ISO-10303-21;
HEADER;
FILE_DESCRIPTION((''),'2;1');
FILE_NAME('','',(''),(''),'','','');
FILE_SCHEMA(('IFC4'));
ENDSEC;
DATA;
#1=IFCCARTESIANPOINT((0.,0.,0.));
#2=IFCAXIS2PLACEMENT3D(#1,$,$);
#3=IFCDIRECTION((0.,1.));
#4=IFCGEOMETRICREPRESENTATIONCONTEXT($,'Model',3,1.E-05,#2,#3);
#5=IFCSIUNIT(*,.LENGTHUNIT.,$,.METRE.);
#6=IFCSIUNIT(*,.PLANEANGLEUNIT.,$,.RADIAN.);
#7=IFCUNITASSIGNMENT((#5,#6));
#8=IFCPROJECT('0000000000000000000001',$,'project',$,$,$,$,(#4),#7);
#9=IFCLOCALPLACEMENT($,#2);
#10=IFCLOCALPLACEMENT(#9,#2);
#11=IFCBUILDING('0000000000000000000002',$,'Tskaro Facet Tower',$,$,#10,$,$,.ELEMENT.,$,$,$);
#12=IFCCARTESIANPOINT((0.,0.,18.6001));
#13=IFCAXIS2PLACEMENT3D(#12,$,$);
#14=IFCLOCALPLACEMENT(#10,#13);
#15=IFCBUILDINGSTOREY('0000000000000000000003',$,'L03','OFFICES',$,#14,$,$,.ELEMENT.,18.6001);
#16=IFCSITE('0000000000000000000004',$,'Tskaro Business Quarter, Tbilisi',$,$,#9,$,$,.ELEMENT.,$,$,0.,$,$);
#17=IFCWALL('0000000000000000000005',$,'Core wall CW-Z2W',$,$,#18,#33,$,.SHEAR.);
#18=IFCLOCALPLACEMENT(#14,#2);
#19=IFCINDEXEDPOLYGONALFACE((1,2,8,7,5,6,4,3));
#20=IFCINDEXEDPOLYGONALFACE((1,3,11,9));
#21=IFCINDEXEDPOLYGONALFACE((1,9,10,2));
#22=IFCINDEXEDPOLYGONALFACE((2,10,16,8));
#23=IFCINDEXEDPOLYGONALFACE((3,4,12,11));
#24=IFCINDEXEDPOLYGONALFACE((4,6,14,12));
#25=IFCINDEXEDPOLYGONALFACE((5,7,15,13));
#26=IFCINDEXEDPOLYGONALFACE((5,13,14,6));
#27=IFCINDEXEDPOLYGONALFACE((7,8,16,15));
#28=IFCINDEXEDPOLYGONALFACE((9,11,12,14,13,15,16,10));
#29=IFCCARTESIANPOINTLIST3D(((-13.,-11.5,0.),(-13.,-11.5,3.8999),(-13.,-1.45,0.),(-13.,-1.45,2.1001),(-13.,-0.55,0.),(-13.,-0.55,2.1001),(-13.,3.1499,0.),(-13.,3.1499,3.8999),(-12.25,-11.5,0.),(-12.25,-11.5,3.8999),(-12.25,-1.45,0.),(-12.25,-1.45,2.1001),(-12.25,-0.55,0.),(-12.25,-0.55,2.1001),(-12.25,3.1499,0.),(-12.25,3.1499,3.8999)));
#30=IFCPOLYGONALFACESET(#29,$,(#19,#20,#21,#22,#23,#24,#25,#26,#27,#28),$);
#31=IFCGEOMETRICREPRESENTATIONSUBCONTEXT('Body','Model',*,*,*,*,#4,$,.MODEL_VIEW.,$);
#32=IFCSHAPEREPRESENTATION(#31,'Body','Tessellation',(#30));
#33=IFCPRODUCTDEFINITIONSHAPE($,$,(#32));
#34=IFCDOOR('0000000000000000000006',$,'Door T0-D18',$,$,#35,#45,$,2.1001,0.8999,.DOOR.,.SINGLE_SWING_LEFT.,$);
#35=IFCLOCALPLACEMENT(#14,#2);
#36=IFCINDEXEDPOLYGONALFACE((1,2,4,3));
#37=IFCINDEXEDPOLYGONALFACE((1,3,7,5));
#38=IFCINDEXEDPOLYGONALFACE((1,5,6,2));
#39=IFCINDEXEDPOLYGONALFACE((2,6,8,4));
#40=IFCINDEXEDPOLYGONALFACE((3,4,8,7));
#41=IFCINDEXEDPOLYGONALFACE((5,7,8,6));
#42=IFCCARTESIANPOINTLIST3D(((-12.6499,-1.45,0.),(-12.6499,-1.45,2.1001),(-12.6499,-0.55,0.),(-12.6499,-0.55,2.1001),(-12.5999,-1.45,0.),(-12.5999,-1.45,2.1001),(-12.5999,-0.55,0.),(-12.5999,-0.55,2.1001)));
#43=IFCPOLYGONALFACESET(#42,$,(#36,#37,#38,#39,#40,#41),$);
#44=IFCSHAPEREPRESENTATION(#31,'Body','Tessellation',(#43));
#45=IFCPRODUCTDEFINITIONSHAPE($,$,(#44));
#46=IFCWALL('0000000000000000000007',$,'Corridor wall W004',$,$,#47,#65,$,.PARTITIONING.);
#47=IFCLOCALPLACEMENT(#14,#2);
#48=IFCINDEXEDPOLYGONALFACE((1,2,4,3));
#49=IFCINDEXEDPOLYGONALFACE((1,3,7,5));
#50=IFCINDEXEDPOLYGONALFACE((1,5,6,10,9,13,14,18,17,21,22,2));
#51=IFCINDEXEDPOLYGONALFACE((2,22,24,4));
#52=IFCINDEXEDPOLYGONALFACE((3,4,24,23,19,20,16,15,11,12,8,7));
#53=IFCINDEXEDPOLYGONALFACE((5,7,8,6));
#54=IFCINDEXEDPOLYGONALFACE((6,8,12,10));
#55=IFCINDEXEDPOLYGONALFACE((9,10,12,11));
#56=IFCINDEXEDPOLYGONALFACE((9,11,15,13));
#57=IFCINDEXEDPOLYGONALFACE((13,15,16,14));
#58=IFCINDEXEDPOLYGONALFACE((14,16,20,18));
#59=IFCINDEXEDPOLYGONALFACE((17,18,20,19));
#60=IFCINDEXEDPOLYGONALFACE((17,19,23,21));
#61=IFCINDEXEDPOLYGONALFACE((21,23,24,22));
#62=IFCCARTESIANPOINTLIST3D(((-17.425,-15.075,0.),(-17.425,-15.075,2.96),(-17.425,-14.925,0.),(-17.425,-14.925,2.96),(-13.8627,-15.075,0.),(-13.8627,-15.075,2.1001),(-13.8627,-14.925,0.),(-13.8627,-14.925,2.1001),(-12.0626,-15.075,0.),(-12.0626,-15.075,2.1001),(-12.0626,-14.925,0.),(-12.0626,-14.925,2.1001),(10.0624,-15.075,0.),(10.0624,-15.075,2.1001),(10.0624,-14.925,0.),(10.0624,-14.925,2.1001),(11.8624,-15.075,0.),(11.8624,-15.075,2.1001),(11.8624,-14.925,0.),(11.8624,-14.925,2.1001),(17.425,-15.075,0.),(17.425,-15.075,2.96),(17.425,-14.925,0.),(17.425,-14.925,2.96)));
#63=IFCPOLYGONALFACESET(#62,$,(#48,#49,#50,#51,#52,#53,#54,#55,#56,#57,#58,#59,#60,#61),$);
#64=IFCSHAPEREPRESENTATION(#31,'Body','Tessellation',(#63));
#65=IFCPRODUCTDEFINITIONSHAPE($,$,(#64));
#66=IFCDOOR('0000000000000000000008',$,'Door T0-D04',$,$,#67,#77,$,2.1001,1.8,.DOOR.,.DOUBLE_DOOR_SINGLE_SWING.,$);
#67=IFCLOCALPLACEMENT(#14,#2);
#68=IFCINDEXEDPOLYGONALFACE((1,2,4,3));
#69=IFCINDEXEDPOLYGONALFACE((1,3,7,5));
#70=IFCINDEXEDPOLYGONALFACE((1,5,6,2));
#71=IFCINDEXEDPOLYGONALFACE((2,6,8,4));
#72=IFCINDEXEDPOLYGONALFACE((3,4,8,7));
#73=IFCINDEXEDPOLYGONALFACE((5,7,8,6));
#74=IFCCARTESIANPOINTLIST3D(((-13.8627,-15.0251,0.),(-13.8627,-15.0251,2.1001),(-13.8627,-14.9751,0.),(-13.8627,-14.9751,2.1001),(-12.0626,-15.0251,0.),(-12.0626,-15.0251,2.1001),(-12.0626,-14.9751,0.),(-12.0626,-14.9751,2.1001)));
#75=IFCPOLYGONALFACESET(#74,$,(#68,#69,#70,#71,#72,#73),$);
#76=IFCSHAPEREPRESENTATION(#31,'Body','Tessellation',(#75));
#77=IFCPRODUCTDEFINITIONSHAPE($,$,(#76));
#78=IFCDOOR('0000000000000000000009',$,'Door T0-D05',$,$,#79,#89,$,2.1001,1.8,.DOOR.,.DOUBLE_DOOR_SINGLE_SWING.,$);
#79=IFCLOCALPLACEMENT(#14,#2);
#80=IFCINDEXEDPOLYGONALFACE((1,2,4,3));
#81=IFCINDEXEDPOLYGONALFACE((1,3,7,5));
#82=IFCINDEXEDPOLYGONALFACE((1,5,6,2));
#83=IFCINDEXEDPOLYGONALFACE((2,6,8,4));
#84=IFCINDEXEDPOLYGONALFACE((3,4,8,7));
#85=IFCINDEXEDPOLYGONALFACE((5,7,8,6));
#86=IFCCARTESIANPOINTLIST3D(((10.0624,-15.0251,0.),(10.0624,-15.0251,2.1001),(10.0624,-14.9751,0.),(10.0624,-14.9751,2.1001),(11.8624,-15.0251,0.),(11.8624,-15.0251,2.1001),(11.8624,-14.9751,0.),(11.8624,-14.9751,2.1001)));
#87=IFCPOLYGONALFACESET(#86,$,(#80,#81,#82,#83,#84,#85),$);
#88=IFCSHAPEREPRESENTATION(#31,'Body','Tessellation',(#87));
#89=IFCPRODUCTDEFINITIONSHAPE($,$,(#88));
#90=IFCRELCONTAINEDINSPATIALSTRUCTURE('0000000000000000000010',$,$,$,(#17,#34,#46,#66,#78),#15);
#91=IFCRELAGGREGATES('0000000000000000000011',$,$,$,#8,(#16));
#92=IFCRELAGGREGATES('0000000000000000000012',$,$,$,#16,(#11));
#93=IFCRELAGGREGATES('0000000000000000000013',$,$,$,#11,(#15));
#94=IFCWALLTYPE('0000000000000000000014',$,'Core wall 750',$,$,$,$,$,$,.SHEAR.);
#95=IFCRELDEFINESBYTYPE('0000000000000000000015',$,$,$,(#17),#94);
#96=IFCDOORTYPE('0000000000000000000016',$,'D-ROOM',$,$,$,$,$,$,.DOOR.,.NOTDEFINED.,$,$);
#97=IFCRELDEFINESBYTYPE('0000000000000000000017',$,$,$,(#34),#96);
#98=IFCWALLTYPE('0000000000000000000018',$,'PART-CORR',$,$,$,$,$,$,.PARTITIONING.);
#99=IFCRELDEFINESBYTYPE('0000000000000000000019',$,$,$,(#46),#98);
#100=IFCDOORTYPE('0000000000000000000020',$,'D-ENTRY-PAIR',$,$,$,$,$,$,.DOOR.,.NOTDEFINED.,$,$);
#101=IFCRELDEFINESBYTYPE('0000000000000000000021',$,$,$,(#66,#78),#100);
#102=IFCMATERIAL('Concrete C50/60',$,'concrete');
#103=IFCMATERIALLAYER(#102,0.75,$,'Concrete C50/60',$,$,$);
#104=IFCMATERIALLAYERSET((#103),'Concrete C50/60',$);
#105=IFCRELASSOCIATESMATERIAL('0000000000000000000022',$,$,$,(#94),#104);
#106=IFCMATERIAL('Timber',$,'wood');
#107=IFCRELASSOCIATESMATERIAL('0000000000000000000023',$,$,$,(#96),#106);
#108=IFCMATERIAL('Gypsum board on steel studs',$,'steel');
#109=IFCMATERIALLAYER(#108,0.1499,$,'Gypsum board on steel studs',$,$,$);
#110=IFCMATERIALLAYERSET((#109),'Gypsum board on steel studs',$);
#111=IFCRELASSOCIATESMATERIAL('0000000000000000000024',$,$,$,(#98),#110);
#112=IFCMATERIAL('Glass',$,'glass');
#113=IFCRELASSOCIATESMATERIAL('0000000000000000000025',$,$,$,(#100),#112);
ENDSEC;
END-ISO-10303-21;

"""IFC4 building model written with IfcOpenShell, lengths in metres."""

from ifc_helpers import new_model, si_unit, direction, frame, frame_2d, origin, place, context, subcontext, project, spatial, rectangle, extrude, material, layer, layer_set, type_object, element, fill, save


model = new_model("IFC4")

# Units and contexts
model_context = context("Model", 3, precision=1e-05, world=origin(), true_north=direction((0.0, 1.0)))
body_context = subcontext(model_context, "Body", "Model", "MODEL_VIEW")
ifc_project = project(units=[si_unit("LENGTHUNIT", "METRE"), si_unit("PLANEANGLEUNIT", "RADIAN")], contexts=[model_context])

# Site, building, storey
site_placement = place(None, origin())
site = spatial("IfcSite", under=ifc_project, at=site_placement, Name="Tskaro Business Quarter, Tbilisi", CompositionType="ELEMENT", RefElevation=0.0)
building_placement = place(site_placement, origin())
building = spatial("IfcBuilding", under=site, at=building_placement, Name="Tskaro Facet Tower", CompositionType="ELEMENT")
storey_placement = place(building_placement, frame((0.0, 0.0, 18.6001)))
storey = spatial("IfcBuildingStorey", under=building, at=storey_placement, Name="L03", Description="OFFICES", CompositionType="ELEMENT", Elevation=18.6001)

# Wall, opening, door
ifc_material_1 = material(Name="Concrete C50/60", Category="concrete")
ifc_layer_1 = layer(ifc_material_1, 0.75, Name="Concrete C50/60")
ifc_layer_set_1 = layer_set([ifc_layer_1], Name="Concrete C50/60")
wall_type_1 = type_object("IfcWallType", Name="Core wall 750", PredefinedType="SHEAR", material=ifc_layer_set_1)
wall_1_placement = place(storey_placement, frame((-12.625, -11.5, 0.0), z_axis=(0.0, 0.0, 1.0), x_axis=(0.0, 1.0, 0.0)))
wall_1 = element("IfcWall", 1, at=wall_1_placement, inside=storey, type_object=wall_type_1, Name="Core wall CW-Z2W", PredefinedType="SHEAR", context=body_context, shape_type="SweptSolid", body=[
    extrude(rectangle(XDim=14.6499, YDim=0.75, at=frame_2d((7.325, 0.0))), origin(), (0.0, 0.0, 1.0), 3.8999),
])
opening_1_placement = place(wall_1_placement, frame((10.05, 0.0, 0.0)))
opening_1 = element("IfcOpeningElement", 2, at=opening_1_placement, cuts=wall_1, PredefinedType="OPENING", context=body_context, shape_type="SweptSolid", body=[
    extrude(rectangle(XDim=0.8999, YDim=2.1001, at=frame_2d((0.45, 1.05))), frame((0.0, 0.385, 0.0), z_axis=(0.0, -1.0, 0.0), x_axis=(1.0, 0.0, 0.0)), (0.0, 0.0, 1.0), 0.77),
])
ifc_material_2 = material(Name="Timber", Category="wood")
door_type_1 = type_object("IfcDoorType", Name="D-ROOM", OperationType="NOTDEFINED", PredefinedType="DOOR", material=ifc_material_2)
door_1_placement = place(opening_1_placement, origin())
door_1 = element("IfcDoor", 3, at=door_1_placement, inside=storey, type_object=door_type_1, Name="Door T0-D18", OperationType="SINGLE_SWING_LEFT", OverallHeight=2.1001, OverallWidth=0.8999, PredefinedType="DOOR", context=body_context, shape_type="SweptSolid", body=[
    extrude(rectangle(XDim=0.8999, YDim=2.1001, at=frame_2d((0.45, 1.05))), frame((0.0, 0.0249, 0.0), z_axis=(0.0, -1.0, 0.0), x_axis=(1.0, 0.0, 0.0)), (0.0, 0.0, 1.0), 0.05),
])
fill(opening_1, door_1)

# Wall, openings, doors
ifc_material_3 = material(Name="Gypsum board on steel studs", Category="steel")
ifc_layer_2 = layer(ifc_material_3, 0.1499, Name="Gypsum board on steel studs")
ifc_layer_set_2 = layer_set([ifc_layer_2], Name="Gypsum board on steel studs")
wall_type_2 = type_object("IfcWallType", Name="PART-CORR", PredefinedType="PARTITIONING", material=ifc_layer_set_2)
wall_2_placement = place(storey_placement, frame((-17.425, -15.0, 0.0), z_axis=(0.0, 0.0, 1.0), x_axis=(1.0, 0.0, 0.0)))
wall_2 = element("IfcWall", 4, at=wall_2_placement, inside=storey, type_object=wall_type_2, Name="Corridor wall W004", PredefinedType="PARTITIONING", context=body_context, shape_type="SweptSolid", body=[
    extrude(rectangle(XDim=34.8501, YDim=0.1499, at=frame_2d((17.425, 0.0))), origin(), (0.0, 0.0, 1.0), 2.96),
])
opening_2_placement = place(wall_2_placement, frame((3.5625, 0.0, 0.0)))
opening_2 = element("IfcOpeningElement", 5, at=opening_2_placement, cuts=wall_2, PredefinedType="OPENING", context=body_context, shape_type="SweptSolid", body=[
    extrude(rectangle(XDim=1.8, YDim=2.1001, at=frame_2d((0.8999, 1.05))), frame((0.0, 0.085, 0.0), z_axis=(0.0, -1.0, 0.0), x_axis=(1.0, 0.0, 0.0)), (0.0, 0.0, 1.0), 0.1699),
])
opening_3_placement = place(wall_2_placement, frame((27.4875, 0.0, 0.0)))
opening_3 = element("IfcOpeningElement", 6, at=opening_3_placement, cuts=wall_2, PredefinedType="OPENING", context=body_context, shape_type="SweptSolid", body=[
    extrude(rectangle(XDim=1.8, YDim=2.1001, at=frame_2d((0.8999, 1.05))), frame((0.0, 0.085, 0.0), z_axis=(0.0, -1.0, 0.0), x_axis=(1.0, 0.0, 0.0)), (0.0, 0.0, 1.0), 0.1699),
])
ifc_material_4 = material(Name="Glass", Category="glass")
door_type_2 = type_object("IfcDoorType", Name="D-ENTRY-PAIR", OperationType="NOTDEFINED", PredefinedType="DOOR", material=ifc_material_4)
door_2_placement = place(opening_2_placement, origin())
door_2 = element("IfcDoor", 7, at=door_2_placement, inside=storey, type_object=door_type_2, Name="Door T0-D04", OperationType="DOUBLE_DOOR_SINGLE_SWING", OverallHeight=2.1001, OverallWidth=1.8, PredefinedType="DOOR", context=body_context, shape_type="SweptSolid", body=[
    extrude(rectangle(XDim=1.8, YDim=2.1001, at=frame_2d((0.8999, 1.05))), frame((0.0, 0.0249, 0.0), z_axis=(0.0, -1.0, 0.0), x_axis=(1.0, 0.0, 0.0)), (0.0, 0.0, 1.0), 0.05),
])
fill(opening_2, door_2)
door_3_placement = place(opening_3_placement, origin())
door_3 = element("IfcDoor", 8, at=door_3_placement, inside=storey, type_object=door_type_2, Name="Door T0-D05", OperationType="DOUBLE_DOOR_SINGLE_SWING", OverallHeight=2.1001, OverallWidth=1.8, PredefinedType="DOOR", context=body_context, shape_type="SweptSolid", body=[
    extrude(rectangle(XDim=1.8, YDim=2.1001, at=frame_2d((0.8999, 1.05))), frame((0.0, 0.0249, 0.0), z_axis=(0.0, -1.0, 0.0), x_axis=(1.0, 0.0, 0.0)), (0.0, 0.0, 1.0), 0.05),
])
fill(opening_3, door_3)

save(model, "model.ifc")
